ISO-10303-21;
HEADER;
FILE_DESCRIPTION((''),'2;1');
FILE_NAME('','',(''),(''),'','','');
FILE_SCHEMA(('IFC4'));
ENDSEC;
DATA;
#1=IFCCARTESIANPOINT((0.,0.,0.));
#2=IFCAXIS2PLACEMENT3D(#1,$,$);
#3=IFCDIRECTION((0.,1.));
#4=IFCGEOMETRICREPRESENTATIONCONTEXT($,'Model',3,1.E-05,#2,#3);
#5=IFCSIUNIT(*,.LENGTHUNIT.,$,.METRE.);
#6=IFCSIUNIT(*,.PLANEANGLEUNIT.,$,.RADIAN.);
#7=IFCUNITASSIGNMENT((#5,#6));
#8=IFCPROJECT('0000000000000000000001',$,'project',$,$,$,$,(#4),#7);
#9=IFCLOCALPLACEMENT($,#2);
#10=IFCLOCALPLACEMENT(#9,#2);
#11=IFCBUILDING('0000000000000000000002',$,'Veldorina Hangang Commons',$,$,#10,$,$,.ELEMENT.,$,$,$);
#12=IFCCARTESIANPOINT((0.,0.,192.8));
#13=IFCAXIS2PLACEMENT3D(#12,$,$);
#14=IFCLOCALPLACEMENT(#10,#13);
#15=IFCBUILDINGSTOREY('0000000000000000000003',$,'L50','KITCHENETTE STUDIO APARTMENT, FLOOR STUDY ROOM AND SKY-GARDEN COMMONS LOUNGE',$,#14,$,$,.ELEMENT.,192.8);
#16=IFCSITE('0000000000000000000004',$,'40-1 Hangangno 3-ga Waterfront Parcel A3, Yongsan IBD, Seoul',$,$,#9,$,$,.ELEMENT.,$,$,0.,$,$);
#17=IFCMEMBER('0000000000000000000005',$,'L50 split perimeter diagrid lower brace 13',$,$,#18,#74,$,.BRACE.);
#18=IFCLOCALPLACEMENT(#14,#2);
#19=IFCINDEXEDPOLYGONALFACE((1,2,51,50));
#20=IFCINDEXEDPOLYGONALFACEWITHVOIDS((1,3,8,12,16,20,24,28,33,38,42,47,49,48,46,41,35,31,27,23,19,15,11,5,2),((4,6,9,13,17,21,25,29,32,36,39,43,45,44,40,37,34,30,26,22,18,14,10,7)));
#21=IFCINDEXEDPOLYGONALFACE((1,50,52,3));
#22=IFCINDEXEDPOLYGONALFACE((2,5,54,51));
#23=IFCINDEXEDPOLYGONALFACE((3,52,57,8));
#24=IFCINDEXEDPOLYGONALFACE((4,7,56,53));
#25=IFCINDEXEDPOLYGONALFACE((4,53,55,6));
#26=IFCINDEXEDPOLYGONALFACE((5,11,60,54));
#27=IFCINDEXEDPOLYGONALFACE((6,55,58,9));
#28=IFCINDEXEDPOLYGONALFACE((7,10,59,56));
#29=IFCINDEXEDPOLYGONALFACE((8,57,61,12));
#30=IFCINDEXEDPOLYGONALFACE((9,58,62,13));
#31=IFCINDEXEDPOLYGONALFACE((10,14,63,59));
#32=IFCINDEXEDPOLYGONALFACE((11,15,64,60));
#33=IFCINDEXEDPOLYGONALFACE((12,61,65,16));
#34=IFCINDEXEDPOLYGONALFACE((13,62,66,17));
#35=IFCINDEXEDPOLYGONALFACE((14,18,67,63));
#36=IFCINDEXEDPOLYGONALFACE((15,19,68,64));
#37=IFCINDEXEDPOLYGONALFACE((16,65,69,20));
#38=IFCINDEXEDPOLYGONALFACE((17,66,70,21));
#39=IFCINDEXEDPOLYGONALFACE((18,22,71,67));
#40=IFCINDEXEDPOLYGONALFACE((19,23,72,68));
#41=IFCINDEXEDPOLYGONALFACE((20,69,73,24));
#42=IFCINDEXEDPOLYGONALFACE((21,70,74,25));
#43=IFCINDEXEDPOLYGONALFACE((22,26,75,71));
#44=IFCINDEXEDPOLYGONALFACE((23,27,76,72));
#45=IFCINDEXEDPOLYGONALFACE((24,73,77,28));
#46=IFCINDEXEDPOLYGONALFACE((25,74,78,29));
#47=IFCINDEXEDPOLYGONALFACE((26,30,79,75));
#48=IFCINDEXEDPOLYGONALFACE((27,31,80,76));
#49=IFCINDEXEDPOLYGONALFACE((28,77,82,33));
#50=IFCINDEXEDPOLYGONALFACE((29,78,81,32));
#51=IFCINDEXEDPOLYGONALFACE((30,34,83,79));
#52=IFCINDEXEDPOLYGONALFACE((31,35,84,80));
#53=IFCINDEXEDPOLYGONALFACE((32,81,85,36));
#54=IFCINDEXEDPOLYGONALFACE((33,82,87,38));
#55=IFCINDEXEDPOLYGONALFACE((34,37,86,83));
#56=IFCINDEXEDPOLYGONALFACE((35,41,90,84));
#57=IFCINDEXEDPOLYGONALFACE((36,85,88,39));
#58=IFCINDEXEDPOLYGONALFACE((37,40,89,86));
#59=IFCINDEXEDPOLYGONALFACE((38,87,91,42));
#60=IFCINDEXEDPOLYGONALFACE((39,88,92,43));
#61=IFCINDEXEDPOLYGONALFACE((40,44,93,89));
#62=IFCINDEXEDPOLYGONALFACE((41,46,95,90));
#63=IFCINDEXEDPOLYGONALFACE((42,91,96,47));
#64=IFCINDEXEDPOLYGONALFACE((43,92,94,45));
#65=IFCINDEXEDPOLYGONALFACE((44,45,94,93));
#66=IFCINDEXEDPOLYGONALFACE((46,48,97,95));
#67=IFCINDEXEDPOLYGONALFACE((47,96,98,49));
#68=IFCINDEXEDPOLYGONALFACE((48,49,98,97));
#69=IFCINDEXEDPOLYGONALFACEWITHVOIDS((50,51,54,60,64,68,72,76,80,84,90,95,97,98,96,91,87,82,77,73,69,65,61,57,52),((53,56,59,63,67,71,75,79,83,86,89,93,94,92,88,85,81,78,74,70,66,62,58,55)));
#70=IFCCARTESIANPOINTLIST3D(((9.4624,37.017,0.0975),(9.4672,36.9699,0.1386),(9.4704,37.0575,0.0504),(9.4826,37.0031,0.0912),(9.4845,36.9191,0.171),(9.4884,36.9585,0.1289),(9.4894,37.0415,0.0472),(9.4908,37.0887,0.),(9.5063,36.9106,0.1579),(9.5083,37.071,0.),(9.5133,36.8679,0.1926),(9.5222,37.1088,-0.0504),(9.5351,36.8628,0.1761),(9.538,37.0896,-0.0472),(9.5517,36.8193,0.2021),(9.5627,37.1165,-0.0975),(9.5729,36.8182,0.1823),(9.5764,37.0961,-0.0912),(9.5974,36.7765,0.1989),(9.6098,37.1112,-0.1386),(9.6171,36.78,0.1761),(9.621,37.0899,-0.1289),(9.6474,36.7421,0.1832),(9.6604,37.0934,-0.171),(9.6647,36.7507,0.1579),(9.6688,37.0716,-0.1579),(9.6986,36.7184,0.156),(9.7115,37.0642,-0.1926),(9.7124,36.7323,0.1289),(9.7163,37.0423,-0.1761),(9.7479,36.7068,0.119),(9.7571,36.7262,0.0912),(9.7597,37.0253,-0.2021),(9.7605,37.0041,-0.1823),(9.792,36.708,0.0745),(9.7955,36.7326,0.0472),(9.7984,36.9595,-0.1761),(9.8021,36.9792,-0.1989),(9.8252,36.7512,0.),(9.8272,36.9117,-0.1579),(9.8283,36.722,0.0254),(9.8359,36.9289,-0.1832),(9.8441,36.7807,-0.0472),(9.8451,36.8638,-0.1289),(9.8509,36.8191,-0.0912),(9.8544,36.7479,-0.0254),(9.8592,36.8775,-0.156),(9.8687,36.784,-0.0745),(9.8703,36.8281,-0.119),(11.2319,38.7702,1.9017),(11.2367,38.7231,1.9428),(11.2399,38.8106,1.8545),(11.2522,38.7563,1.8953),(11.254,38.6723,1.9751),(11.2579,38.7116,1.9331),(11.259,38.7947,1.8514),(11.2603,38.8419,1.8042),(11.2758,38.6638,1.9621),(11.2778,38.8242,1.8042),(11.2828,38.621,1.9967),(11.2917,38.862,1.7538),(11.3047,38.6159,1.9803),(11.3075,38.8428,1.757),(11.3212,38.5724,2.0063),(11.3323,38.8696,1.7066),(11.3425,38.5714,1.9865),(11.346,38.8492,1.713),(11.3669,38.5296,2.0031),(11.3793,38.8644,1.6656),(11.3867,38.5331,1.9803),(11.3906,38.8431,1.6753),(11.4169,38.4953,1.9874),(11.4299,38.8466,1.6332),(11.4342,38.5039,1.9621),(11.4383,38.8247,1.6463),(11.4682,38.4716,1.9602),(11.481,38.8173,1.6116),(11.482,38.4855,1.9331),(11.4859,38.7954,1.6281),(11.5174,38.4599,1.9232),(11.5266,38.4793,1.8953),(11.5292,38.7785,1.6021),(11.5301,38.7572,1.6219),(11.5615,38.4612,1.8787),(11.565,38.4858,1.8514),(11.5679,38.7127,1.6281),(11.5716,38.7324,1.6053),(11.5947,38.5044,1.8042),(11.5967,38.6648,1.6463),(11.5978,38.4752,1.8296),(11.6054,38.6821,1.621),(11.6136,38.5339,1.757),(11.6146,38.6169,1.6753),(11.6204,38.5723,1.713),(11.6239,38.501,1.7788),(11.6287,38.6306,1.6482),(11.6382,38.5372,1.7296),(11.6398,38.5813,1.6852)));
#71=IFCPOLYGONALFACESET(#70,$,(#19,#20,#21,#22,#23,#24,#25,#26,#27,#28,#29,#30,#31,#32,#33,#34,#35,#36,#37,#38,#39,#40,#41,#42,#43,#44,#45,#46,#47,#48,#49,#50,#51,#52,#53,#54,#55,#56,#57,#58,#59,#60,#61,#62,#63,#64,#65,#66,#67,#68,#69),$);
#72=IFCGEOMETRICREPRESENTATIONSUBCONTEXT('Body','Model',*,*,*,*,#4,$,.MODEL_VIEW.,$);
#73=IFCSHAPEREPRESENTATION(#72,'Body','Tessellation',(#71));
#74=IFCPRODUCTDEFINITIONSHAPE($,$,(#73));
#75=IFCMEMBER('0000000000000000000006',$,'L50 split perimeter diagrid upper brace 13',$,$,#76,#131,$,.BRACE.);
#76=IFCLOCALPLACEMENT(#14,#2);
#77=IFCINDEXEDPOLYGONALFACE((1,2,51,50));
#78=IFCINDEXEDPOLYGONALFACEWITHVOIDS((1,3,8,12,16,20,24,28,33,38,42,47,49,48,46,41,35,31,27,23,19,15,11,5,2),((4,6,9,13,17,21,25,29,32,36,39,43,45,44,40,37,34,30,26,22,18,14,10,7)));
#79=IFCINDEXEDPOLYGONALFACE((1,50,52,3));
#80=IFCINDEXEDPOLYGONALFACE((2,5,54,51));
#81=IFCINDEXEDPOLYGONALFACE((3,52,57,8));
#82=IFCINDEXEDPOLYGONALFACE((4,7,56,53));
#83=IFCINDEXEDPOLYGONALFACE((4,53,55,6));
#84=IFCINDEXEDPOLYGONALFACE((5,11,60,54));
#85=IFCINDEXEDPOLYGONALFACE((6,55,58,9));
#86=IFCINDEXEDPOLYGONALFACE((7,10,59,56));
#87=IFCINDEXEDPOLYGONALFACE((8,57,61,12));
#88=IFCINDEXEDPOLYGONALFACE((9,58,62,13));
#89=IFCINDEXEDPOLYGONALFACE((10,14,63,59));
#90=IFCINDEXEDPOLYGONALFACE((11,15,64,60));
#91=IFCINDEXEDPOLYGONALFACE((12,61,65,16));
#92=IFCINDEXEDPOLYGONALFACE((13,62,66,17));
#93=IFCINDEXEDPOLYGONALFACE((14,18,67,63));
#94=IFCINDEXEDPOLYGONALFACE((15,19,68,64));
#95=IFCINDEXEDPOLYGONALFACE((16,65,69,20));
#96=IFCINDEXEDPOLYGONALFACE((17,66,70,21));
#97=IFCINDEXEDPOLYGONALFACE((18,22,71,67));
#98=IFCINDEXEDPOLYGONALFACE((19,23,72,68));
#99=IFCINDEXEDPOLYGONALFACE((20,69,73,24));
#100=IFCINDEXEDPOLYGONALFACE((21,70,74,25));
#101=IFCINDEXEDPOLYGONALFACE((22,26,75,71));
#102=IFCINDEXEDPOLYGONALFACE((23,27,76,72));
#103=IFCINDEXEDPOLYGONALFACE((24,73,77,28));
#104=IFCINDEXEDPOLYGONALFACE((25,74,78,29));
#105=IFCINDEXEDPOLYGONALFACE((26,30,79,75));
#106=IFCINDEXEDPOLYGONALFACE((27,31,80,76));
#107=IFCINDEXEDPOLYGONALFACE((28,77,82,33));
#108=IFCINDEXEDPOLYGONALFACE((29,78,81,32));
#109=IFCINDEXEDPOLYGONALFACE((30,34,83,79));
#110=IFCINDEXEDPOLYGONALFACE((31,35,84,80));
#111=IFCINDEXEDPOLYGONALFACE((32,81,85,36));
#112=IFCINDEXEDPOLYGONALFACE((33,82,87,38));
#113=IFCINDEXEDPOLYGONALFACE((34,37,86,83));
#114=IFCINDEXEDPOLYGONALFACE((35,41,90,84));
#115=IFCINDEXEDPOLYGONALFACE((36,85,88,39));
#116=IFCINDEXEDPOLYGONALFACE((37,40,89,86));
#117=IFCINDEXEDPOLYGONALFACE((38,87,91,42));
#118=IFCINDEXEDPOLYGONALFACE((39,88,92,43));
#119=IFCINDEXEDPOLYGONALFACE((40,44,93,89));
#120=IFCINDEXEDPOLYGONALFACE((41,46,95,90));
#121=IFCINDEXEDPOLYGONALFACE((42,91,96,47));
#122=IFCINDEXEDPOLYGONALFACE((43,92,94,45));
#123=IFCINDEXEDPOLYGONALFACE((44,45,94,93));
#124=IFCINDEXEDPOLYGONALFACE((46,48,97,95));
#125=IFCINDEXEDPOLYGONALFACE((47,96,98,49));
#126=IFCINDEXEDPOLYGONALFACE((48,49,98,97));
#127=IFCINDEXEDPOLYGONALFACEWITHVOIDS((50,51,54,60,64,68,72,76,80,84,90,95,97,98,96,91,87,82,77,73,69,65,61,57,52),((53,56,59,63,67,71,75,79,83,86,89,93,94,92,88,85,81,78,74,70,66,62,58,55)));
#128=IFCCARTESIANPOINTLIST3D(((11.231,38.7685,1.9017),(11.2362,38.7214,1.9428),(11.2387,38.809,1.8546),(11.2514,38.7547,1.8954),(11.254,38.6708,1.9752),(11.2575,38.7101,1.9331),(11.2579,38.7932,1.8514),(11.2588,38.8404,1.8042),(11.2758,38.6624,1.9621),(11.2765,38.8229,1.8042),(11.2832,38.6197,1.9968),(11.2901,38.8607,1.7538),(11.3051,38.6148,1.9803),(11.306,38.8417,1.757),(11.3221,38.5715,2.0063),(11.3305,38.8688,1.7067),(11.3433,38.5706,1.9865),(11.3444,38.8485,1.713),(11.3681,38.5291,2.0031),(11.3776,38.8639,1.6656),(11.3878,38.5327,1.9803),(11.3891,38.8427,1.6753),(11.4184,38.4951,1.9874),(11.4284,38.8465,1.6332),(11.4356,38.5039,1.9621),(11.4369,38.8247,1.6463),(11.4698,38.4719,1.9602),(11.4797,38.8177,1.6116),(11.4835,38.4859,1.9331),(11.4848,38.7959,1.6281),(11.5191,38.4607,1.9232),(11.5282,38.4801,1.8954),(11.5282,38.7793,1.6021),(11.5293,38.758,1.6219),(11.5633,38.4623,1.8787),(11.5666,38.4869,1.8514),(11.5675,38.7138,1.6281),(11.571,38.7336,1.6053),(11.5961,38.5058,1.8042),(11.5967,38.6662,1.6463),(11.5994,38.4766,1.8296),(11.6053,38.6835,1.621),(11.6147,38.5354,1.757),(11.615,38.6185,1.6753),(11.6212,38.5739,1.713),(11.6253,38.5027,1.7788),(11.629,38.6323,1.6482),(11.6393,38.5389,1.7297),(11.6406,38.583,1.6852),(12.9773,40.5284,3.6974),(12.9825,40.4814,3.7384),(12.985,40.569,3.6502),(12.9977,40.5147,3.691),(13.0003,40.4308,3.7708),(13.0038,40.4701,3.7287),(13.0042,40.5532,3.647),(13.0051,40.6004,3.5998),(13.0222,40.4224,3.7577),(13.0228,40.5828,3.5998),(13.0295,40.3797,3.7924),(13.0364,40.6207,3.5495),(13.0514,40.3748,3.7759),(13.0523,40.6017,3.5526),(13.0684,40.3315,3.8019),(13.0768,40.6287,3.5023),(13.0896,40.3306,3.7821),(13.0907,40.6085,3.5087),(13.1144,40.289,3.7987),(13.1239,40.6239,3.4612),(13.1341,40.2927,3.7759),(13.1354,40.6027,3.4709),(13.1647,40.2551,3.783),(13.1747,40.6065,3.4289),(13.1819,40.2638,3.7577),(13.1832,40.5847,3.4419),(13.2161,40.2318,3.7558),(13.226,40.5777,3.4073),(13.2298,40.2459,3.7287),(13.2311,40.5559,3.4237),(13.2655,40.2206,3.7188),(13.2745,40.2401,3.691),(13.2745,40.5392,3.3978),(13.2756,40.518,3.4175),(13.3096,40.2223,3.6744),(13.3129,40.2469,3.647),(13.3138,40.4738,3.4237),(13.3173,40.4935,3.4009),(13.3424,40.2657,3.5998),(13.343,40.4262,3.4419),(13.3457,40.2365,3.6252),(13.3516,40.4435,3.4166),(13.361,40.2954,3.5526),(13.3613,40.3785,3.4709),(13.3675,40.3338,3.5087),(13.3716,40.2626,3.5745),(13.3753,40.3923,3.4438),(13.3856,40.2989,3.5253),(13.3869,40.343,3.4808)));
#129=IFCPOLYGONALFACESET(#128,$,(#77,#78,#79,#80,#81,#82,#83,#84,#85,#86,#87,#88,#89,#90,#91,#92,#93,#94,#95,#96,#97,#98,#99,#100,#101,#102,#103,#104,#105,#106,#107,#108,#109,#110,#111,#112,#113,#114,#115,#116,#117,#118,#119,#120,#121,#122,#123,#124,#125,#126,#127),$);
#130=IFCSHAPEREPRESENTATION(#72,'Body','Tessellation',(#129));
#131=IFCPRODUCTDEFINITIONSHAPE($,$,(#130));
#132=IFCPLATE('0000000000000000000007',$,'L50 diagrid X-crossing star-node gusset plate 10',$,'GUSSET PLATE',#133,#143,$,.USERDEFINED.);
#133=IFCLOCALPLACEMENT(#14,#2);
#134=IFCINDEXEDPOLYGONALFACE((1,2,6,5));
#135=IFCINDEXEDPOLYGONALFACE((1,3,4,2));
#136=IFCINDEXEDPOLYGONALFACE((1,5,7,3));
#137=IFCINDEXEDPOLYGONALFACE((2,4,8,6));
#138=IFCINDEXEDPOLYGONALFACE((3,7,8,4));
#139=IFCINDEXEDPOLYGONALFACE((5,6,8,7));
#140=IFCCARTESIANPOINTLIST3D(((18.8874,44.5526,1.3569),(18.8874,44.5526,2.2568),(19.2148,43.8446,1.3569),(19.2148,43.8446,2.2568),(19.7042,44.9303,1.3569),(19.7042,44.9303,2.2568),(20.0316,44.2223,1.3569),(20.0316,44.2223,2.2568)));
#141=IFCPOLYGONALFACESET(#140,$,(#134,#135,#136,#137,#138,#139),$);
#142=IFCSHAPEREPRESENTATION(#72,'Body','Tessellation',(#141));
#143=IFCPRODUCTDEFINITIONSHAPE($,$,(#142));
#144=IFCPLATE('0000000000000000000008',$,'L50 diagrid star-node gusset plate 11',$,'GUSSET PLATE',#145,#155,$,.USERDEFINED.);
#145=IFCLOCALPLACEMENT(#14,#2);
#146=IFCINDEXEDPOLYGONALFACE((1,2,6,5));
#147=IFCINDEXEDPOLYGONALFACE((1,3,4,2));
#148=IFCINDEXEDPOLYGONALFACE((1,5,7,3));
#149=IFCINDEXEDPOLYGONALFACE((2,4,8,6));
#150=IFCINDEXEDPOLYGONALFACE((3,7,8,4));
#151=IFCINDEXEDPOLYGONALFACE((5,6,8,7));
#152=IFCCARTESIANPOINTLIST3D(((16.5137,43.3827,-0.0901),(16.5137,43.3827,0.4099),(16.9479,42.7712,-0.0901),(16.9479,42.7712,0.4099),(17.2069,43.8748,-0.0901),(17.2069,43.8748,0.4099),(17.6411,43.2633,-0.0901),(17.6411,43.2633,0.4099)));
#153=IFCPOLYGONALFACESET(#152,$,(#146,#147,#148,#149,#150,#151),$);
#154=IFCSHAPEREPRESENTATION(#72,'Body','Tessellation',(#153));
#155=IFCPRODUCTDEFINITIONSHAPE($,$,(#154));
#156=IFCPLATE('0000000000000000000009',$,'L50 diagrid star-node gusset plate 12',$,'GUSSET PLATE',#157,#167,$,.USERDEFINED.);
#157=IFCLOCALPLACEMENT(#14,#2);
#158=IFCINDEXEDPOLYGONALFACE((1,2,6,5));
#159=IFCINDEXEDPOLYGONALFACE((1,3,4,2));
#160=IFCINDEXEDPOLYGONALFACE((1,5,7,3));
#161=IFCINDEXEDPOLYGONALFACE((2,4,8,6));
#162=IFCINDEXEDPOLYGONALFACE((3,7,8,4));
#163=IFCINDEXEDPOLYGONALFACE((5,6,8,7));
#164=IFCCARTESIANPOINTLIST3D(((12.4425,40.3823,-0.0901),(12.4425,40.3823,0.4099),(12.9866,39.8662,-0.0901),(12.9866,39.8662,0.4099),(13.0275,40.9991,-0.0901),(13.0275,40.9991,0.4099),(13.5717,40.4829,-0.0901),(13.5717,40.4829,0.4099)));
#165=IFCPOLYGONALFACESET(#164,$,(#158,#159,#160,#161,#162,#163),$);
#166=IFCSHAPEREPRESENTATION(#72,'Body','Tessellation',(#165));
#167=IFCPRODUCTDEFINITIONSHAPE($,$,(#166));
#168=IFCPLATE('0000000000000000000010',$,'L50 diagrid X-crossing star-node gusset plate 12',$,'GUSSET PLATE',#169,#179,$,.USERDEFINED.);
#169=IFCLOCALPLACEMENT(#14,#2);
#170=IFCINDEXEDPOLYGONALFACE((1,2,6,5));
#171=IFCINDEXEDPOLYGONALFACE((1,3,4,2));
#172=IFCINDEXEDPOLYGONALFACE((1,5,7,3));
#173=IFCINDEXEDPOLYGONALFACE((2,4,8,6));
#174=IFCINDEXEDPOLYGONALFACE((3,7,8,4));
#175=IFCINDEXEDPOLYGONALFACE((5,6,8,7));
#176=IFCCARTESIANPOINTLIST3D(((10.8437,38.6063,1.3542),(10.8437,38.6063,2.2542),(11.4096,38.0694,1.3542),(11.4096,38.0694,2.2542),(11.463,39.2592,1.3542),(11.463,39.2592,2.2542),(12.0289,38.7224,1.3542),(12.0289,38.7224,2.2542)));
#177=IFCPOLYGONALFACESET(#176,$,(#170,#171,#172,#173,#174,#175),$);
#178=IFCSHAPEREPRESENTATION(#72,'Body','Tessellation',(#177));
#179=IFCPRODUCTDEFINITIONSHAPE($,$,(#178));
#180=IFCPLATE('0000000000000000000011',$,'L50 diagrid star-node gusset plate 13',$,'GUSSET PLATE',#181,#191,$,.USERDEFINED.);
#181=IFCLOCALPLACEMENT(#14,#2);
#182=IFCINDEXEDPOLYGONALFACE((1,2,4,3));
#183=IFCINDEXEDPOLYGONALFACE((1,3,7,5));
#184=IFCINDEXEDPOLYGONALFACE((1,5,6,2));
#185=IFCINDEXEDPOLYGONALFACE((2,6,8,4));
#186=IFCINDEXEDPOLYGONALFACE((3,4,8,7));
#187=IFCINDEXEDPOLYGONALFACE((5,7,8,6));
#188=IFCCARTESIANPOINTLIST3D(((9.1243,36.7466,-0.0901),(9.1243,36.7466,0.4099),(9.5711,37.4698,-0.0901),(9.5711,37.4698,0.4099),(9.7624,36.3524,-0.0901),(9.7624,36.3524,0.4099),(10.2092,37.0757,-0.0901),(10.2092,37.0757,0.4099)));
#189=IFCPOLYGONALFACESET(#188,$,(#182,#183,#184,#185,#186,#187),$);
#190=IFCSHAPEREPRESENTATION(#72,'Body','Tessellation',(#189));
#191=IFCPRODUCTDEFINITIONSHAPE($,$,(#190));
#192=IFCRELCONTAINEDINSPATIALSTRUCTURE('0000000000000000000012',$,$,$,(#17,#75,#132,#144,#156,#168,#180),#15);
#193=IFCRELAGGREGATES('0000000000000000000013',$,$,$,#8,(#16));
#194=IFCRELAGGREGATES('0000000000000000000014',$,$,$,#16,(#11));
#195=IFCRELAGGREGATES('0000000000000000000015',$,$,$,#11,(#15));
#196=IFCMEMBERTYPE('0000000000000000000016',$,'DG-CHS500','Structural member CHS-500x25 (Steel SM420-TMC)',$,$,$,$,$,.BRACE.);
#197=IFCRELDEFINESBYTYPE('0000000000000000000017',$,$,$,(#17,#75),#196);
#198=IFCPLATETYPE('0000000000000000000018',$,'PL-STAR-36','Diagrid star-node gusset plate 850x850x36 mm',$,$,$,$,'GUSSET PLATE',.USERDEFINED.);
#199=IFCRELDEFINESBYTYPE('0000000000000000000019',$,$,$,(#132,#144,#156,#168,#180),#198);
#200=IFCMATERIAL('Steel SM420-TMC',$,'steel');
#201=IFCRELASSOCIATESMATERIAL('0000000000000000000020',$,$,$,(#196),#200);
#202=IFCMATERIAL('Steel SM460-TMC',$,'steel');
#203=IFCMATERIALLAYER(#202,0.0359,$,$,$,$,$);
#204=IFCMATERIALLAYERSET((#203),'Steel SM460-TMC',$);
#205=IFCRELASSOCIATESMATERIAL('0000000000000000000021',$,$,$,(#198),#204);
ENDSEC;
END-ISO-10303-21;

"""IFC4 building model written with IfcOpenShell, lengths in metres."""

from ifc_helpers import new_model, si_unit, direction, frame, origin, origin_2d, place, context, subcontext, project, spatial, rectangle, hollow_circle, extrude, material, layer, layer_set, material_profile, profile_set, type_object, element, save


model = new_model("IFC4")

# Units and contexts
model_context = context("Model", 3, precision=1e-05, world=origin(), true_north=direction((0.0, 1.0)))
body_context = subcontext(model_context, "Body", "Model", "MODEL_VIEW")
ifc_project = project(units=[si_unit("LENGTHUNIT", "METRE"), si_unit("PLANEANGLEUNIT", "RADIAN")], contexts=[model_context])

# Site, building, storey
site_placement = place(None, origin())
site = spatial("IfcSite", under=ifc_project, at=site_placement, Name="40-1 Hangangno 3-ga Waterfront Parcel A3, Yongsan IBD, Seoul", CompositionType="ELEMENT", RefElevation=0.0)
building_placement = place(site_placement, origin())
building = spatial("IfcBuilding", under=site, at=building_placement, Name="Veldorina Hangang Commons", CompositionType="ELEMENT")
storey_placement = place(building_placement, frame((0.0, 0.0, 192.8)))
storey = spatial("IfcBuildingStorey", under=building, at=storey_placement, Name="L50", Description="KITCHENETTE STUDIO APARTMENT, FLOOR STUDY ROOM AND SKY-GARDEN COMMONS LOUNGE", CompositionType="ELEMENT", Elevation=192.8)

# Shared definitions
ifc_material_1 = material(Name="Steel SM420-TMC", Category="steel")

# Members
ifc_material_profile_1 = material_profile(ifc_material_1, hollow_circle(Radius=0.25, WallThickness=0.0249, at=origin_2d()), Name="CHS-500x25")
ifc_profile_set_1 = profile_set([ifc_material_profile_1], Name="Steel SM420-TMC")
member_type = type_object("IfcMemberType", Name="DG-CHS500", Description="Structural member CHS-500x25 (Steel SM420-TMC)", PredefinedType="BRACE", material=ifc_profile_set_1)
member_1_placement = place(storey_placement, frame((9.6667, 36.9111, 0.0), z_axis=(0.575324, 0.570006, 0.586596), x_axis=(-0.703816, 0.710383, 0.0)))
element("IfcMember", 1, at=member_1_placement, inside=storey, type_object=member_type, Name="L50 split perimeter diagrid lower brace 13", PredefinedType="BRACE", context=body_context, shape_type="SweptSolid", body=[
    extrude(hollow_circle(Radius=0.25, WallThickness=0.0249, at=origin_2d()), origin(), (0.0, 0.0, 1.0), 3.0757),
])
member_2_placement = place(storey_placement, frame((11.4363, 38.6643, 1.8042), z_axis=(0.570452, 0.574918, 0.586561), x_axis=(-0.709859, 0.704344, 0.0)))
element("IfcMember", 2, at=member_2_placement, inside=storey, type_object=member_type, Name="L50 split perimeter diagrid upper brace 13", PredefinedType="BRACE", context=body_context, shape_type="SweptSolid", body=[
    extrude(hollow_circle(Radius=0.25, WallThickness=0.0249, at=origin_2d()), origin(), (0.0, 0.0, 1.0), 3.0613),
])

# Plates
ifc_material_2 = material(Name="Steel SM460-TMC", Category="steel")
ifc_layer_1 = layer(ifc_material_2, 0.0359)
ifc_layer_set_1 = layer_set([ifc_layer_1], Name="Steel SM460-TMC")
plate_type = type_object("IfcPlateType", Name="PL-STAR-36", Description="Diagrid star-node gusset plate 850x850x36 mm", ElementType="GUSSET PLATE", PredefinedType="USERDEFINED", material=ifc_layer_set_1)
plate_1_placement = place(storey_placement, frame((19.4595, 44.3875, 1.3569), z_axis=(0.0, 0.0, 1.0), x_axis=(-0.907646, -0.419737, 0.0)))
element("IfcPlate", 3, at=plate_1_placement, inside=storey, type_object=plate_type, Name="L50 diagrid X-crossing star-node gusset plate 10", ObjectType="GUSSET PLATE", PredefinedType="USERDEFINED", context=body_context, shape_type="SweptSolid", body=[
    extrude(rectangle(XDim=0.8999, YDim=0.78, at=origin_2d()), origin(), (0.0, 0.0, 1.0), 0.8999),
])
for number, where, z_axis, x_axis, name in (
    (4, (17.0774, 43.323, -0.0901), (0.0, 0.0, 1.0), (-0.81536, -0.578954, 0.0), "L50 diagrid star-node gusset plate 11"),
    (5, (13.0071, 40.4326, -0.0901), (0.0, 0.0, 1.0), (-0.68819, -0.725531, 0.0), "L50 diagrid star-node gusset plate 12"),
):
    element("IfcPlate", number, at=place(storey_placement, frame(where, z_axis=z_axis, x_axis=x_axis)), inside=storey, type_object=plate_type, Name=name, ObjectType="GUSSET PLATE", PredefinedType="USERDEFINED", context=body_context, shape_type="SweptSolid", body=[
        extrude(rectangle(XDim=0.8501, YDim=0.75, at=origin_2d()), origin(), (0.0, 0.0, 1.0), 0.5),
    ])
plate_2_placement = place(storey_placement, frame((11.4363, 38.6643, 1.3542), z_axis=(0.0, 0.0, 1.0), x_axis=(-0.68819, -0.725531, 0.0)))
element("IfcPlate", 6, at=plate_2_placement, inside=storey, type_object=plate_type, Name="L50 diagrid X-crossing star-node gusset plate 12", ObjectType="GUSSET PLATE", PredefinedType="USERDEFINED", context=body_context, shape_type="SweptSolid", body=[
    extrude(rectangle(XDim=0.8999, YDim=0.78, at=origin_2d()), origin(), (0.0, 0.0, 1.0), 0.8999),
])
plate_3_placement = place(storey_placement, frame((9.6667, 36.9111, -0.0901), z_axis=(0.0, 0.0, 1.0), x_axis=(-0.525576, -0.850747, 0.0)))
element("IfcPlate", 7, at=plate_3_placement, inside=storey, type_object=plate_type, Name="L50 diagrid star-node gusset plate 13", ObjectType="GUSSET PLATE", PredefinedType="USERDEFINED", context=body_context, shape_type="SweptSolid", body=[
    extrude(rectangle(XDim=0.8501, YDim=0.75, at=origin_2d()), origin(), (0.0, 0.0, 1.0), 0.5),
])

save(model, "model.ifc")
